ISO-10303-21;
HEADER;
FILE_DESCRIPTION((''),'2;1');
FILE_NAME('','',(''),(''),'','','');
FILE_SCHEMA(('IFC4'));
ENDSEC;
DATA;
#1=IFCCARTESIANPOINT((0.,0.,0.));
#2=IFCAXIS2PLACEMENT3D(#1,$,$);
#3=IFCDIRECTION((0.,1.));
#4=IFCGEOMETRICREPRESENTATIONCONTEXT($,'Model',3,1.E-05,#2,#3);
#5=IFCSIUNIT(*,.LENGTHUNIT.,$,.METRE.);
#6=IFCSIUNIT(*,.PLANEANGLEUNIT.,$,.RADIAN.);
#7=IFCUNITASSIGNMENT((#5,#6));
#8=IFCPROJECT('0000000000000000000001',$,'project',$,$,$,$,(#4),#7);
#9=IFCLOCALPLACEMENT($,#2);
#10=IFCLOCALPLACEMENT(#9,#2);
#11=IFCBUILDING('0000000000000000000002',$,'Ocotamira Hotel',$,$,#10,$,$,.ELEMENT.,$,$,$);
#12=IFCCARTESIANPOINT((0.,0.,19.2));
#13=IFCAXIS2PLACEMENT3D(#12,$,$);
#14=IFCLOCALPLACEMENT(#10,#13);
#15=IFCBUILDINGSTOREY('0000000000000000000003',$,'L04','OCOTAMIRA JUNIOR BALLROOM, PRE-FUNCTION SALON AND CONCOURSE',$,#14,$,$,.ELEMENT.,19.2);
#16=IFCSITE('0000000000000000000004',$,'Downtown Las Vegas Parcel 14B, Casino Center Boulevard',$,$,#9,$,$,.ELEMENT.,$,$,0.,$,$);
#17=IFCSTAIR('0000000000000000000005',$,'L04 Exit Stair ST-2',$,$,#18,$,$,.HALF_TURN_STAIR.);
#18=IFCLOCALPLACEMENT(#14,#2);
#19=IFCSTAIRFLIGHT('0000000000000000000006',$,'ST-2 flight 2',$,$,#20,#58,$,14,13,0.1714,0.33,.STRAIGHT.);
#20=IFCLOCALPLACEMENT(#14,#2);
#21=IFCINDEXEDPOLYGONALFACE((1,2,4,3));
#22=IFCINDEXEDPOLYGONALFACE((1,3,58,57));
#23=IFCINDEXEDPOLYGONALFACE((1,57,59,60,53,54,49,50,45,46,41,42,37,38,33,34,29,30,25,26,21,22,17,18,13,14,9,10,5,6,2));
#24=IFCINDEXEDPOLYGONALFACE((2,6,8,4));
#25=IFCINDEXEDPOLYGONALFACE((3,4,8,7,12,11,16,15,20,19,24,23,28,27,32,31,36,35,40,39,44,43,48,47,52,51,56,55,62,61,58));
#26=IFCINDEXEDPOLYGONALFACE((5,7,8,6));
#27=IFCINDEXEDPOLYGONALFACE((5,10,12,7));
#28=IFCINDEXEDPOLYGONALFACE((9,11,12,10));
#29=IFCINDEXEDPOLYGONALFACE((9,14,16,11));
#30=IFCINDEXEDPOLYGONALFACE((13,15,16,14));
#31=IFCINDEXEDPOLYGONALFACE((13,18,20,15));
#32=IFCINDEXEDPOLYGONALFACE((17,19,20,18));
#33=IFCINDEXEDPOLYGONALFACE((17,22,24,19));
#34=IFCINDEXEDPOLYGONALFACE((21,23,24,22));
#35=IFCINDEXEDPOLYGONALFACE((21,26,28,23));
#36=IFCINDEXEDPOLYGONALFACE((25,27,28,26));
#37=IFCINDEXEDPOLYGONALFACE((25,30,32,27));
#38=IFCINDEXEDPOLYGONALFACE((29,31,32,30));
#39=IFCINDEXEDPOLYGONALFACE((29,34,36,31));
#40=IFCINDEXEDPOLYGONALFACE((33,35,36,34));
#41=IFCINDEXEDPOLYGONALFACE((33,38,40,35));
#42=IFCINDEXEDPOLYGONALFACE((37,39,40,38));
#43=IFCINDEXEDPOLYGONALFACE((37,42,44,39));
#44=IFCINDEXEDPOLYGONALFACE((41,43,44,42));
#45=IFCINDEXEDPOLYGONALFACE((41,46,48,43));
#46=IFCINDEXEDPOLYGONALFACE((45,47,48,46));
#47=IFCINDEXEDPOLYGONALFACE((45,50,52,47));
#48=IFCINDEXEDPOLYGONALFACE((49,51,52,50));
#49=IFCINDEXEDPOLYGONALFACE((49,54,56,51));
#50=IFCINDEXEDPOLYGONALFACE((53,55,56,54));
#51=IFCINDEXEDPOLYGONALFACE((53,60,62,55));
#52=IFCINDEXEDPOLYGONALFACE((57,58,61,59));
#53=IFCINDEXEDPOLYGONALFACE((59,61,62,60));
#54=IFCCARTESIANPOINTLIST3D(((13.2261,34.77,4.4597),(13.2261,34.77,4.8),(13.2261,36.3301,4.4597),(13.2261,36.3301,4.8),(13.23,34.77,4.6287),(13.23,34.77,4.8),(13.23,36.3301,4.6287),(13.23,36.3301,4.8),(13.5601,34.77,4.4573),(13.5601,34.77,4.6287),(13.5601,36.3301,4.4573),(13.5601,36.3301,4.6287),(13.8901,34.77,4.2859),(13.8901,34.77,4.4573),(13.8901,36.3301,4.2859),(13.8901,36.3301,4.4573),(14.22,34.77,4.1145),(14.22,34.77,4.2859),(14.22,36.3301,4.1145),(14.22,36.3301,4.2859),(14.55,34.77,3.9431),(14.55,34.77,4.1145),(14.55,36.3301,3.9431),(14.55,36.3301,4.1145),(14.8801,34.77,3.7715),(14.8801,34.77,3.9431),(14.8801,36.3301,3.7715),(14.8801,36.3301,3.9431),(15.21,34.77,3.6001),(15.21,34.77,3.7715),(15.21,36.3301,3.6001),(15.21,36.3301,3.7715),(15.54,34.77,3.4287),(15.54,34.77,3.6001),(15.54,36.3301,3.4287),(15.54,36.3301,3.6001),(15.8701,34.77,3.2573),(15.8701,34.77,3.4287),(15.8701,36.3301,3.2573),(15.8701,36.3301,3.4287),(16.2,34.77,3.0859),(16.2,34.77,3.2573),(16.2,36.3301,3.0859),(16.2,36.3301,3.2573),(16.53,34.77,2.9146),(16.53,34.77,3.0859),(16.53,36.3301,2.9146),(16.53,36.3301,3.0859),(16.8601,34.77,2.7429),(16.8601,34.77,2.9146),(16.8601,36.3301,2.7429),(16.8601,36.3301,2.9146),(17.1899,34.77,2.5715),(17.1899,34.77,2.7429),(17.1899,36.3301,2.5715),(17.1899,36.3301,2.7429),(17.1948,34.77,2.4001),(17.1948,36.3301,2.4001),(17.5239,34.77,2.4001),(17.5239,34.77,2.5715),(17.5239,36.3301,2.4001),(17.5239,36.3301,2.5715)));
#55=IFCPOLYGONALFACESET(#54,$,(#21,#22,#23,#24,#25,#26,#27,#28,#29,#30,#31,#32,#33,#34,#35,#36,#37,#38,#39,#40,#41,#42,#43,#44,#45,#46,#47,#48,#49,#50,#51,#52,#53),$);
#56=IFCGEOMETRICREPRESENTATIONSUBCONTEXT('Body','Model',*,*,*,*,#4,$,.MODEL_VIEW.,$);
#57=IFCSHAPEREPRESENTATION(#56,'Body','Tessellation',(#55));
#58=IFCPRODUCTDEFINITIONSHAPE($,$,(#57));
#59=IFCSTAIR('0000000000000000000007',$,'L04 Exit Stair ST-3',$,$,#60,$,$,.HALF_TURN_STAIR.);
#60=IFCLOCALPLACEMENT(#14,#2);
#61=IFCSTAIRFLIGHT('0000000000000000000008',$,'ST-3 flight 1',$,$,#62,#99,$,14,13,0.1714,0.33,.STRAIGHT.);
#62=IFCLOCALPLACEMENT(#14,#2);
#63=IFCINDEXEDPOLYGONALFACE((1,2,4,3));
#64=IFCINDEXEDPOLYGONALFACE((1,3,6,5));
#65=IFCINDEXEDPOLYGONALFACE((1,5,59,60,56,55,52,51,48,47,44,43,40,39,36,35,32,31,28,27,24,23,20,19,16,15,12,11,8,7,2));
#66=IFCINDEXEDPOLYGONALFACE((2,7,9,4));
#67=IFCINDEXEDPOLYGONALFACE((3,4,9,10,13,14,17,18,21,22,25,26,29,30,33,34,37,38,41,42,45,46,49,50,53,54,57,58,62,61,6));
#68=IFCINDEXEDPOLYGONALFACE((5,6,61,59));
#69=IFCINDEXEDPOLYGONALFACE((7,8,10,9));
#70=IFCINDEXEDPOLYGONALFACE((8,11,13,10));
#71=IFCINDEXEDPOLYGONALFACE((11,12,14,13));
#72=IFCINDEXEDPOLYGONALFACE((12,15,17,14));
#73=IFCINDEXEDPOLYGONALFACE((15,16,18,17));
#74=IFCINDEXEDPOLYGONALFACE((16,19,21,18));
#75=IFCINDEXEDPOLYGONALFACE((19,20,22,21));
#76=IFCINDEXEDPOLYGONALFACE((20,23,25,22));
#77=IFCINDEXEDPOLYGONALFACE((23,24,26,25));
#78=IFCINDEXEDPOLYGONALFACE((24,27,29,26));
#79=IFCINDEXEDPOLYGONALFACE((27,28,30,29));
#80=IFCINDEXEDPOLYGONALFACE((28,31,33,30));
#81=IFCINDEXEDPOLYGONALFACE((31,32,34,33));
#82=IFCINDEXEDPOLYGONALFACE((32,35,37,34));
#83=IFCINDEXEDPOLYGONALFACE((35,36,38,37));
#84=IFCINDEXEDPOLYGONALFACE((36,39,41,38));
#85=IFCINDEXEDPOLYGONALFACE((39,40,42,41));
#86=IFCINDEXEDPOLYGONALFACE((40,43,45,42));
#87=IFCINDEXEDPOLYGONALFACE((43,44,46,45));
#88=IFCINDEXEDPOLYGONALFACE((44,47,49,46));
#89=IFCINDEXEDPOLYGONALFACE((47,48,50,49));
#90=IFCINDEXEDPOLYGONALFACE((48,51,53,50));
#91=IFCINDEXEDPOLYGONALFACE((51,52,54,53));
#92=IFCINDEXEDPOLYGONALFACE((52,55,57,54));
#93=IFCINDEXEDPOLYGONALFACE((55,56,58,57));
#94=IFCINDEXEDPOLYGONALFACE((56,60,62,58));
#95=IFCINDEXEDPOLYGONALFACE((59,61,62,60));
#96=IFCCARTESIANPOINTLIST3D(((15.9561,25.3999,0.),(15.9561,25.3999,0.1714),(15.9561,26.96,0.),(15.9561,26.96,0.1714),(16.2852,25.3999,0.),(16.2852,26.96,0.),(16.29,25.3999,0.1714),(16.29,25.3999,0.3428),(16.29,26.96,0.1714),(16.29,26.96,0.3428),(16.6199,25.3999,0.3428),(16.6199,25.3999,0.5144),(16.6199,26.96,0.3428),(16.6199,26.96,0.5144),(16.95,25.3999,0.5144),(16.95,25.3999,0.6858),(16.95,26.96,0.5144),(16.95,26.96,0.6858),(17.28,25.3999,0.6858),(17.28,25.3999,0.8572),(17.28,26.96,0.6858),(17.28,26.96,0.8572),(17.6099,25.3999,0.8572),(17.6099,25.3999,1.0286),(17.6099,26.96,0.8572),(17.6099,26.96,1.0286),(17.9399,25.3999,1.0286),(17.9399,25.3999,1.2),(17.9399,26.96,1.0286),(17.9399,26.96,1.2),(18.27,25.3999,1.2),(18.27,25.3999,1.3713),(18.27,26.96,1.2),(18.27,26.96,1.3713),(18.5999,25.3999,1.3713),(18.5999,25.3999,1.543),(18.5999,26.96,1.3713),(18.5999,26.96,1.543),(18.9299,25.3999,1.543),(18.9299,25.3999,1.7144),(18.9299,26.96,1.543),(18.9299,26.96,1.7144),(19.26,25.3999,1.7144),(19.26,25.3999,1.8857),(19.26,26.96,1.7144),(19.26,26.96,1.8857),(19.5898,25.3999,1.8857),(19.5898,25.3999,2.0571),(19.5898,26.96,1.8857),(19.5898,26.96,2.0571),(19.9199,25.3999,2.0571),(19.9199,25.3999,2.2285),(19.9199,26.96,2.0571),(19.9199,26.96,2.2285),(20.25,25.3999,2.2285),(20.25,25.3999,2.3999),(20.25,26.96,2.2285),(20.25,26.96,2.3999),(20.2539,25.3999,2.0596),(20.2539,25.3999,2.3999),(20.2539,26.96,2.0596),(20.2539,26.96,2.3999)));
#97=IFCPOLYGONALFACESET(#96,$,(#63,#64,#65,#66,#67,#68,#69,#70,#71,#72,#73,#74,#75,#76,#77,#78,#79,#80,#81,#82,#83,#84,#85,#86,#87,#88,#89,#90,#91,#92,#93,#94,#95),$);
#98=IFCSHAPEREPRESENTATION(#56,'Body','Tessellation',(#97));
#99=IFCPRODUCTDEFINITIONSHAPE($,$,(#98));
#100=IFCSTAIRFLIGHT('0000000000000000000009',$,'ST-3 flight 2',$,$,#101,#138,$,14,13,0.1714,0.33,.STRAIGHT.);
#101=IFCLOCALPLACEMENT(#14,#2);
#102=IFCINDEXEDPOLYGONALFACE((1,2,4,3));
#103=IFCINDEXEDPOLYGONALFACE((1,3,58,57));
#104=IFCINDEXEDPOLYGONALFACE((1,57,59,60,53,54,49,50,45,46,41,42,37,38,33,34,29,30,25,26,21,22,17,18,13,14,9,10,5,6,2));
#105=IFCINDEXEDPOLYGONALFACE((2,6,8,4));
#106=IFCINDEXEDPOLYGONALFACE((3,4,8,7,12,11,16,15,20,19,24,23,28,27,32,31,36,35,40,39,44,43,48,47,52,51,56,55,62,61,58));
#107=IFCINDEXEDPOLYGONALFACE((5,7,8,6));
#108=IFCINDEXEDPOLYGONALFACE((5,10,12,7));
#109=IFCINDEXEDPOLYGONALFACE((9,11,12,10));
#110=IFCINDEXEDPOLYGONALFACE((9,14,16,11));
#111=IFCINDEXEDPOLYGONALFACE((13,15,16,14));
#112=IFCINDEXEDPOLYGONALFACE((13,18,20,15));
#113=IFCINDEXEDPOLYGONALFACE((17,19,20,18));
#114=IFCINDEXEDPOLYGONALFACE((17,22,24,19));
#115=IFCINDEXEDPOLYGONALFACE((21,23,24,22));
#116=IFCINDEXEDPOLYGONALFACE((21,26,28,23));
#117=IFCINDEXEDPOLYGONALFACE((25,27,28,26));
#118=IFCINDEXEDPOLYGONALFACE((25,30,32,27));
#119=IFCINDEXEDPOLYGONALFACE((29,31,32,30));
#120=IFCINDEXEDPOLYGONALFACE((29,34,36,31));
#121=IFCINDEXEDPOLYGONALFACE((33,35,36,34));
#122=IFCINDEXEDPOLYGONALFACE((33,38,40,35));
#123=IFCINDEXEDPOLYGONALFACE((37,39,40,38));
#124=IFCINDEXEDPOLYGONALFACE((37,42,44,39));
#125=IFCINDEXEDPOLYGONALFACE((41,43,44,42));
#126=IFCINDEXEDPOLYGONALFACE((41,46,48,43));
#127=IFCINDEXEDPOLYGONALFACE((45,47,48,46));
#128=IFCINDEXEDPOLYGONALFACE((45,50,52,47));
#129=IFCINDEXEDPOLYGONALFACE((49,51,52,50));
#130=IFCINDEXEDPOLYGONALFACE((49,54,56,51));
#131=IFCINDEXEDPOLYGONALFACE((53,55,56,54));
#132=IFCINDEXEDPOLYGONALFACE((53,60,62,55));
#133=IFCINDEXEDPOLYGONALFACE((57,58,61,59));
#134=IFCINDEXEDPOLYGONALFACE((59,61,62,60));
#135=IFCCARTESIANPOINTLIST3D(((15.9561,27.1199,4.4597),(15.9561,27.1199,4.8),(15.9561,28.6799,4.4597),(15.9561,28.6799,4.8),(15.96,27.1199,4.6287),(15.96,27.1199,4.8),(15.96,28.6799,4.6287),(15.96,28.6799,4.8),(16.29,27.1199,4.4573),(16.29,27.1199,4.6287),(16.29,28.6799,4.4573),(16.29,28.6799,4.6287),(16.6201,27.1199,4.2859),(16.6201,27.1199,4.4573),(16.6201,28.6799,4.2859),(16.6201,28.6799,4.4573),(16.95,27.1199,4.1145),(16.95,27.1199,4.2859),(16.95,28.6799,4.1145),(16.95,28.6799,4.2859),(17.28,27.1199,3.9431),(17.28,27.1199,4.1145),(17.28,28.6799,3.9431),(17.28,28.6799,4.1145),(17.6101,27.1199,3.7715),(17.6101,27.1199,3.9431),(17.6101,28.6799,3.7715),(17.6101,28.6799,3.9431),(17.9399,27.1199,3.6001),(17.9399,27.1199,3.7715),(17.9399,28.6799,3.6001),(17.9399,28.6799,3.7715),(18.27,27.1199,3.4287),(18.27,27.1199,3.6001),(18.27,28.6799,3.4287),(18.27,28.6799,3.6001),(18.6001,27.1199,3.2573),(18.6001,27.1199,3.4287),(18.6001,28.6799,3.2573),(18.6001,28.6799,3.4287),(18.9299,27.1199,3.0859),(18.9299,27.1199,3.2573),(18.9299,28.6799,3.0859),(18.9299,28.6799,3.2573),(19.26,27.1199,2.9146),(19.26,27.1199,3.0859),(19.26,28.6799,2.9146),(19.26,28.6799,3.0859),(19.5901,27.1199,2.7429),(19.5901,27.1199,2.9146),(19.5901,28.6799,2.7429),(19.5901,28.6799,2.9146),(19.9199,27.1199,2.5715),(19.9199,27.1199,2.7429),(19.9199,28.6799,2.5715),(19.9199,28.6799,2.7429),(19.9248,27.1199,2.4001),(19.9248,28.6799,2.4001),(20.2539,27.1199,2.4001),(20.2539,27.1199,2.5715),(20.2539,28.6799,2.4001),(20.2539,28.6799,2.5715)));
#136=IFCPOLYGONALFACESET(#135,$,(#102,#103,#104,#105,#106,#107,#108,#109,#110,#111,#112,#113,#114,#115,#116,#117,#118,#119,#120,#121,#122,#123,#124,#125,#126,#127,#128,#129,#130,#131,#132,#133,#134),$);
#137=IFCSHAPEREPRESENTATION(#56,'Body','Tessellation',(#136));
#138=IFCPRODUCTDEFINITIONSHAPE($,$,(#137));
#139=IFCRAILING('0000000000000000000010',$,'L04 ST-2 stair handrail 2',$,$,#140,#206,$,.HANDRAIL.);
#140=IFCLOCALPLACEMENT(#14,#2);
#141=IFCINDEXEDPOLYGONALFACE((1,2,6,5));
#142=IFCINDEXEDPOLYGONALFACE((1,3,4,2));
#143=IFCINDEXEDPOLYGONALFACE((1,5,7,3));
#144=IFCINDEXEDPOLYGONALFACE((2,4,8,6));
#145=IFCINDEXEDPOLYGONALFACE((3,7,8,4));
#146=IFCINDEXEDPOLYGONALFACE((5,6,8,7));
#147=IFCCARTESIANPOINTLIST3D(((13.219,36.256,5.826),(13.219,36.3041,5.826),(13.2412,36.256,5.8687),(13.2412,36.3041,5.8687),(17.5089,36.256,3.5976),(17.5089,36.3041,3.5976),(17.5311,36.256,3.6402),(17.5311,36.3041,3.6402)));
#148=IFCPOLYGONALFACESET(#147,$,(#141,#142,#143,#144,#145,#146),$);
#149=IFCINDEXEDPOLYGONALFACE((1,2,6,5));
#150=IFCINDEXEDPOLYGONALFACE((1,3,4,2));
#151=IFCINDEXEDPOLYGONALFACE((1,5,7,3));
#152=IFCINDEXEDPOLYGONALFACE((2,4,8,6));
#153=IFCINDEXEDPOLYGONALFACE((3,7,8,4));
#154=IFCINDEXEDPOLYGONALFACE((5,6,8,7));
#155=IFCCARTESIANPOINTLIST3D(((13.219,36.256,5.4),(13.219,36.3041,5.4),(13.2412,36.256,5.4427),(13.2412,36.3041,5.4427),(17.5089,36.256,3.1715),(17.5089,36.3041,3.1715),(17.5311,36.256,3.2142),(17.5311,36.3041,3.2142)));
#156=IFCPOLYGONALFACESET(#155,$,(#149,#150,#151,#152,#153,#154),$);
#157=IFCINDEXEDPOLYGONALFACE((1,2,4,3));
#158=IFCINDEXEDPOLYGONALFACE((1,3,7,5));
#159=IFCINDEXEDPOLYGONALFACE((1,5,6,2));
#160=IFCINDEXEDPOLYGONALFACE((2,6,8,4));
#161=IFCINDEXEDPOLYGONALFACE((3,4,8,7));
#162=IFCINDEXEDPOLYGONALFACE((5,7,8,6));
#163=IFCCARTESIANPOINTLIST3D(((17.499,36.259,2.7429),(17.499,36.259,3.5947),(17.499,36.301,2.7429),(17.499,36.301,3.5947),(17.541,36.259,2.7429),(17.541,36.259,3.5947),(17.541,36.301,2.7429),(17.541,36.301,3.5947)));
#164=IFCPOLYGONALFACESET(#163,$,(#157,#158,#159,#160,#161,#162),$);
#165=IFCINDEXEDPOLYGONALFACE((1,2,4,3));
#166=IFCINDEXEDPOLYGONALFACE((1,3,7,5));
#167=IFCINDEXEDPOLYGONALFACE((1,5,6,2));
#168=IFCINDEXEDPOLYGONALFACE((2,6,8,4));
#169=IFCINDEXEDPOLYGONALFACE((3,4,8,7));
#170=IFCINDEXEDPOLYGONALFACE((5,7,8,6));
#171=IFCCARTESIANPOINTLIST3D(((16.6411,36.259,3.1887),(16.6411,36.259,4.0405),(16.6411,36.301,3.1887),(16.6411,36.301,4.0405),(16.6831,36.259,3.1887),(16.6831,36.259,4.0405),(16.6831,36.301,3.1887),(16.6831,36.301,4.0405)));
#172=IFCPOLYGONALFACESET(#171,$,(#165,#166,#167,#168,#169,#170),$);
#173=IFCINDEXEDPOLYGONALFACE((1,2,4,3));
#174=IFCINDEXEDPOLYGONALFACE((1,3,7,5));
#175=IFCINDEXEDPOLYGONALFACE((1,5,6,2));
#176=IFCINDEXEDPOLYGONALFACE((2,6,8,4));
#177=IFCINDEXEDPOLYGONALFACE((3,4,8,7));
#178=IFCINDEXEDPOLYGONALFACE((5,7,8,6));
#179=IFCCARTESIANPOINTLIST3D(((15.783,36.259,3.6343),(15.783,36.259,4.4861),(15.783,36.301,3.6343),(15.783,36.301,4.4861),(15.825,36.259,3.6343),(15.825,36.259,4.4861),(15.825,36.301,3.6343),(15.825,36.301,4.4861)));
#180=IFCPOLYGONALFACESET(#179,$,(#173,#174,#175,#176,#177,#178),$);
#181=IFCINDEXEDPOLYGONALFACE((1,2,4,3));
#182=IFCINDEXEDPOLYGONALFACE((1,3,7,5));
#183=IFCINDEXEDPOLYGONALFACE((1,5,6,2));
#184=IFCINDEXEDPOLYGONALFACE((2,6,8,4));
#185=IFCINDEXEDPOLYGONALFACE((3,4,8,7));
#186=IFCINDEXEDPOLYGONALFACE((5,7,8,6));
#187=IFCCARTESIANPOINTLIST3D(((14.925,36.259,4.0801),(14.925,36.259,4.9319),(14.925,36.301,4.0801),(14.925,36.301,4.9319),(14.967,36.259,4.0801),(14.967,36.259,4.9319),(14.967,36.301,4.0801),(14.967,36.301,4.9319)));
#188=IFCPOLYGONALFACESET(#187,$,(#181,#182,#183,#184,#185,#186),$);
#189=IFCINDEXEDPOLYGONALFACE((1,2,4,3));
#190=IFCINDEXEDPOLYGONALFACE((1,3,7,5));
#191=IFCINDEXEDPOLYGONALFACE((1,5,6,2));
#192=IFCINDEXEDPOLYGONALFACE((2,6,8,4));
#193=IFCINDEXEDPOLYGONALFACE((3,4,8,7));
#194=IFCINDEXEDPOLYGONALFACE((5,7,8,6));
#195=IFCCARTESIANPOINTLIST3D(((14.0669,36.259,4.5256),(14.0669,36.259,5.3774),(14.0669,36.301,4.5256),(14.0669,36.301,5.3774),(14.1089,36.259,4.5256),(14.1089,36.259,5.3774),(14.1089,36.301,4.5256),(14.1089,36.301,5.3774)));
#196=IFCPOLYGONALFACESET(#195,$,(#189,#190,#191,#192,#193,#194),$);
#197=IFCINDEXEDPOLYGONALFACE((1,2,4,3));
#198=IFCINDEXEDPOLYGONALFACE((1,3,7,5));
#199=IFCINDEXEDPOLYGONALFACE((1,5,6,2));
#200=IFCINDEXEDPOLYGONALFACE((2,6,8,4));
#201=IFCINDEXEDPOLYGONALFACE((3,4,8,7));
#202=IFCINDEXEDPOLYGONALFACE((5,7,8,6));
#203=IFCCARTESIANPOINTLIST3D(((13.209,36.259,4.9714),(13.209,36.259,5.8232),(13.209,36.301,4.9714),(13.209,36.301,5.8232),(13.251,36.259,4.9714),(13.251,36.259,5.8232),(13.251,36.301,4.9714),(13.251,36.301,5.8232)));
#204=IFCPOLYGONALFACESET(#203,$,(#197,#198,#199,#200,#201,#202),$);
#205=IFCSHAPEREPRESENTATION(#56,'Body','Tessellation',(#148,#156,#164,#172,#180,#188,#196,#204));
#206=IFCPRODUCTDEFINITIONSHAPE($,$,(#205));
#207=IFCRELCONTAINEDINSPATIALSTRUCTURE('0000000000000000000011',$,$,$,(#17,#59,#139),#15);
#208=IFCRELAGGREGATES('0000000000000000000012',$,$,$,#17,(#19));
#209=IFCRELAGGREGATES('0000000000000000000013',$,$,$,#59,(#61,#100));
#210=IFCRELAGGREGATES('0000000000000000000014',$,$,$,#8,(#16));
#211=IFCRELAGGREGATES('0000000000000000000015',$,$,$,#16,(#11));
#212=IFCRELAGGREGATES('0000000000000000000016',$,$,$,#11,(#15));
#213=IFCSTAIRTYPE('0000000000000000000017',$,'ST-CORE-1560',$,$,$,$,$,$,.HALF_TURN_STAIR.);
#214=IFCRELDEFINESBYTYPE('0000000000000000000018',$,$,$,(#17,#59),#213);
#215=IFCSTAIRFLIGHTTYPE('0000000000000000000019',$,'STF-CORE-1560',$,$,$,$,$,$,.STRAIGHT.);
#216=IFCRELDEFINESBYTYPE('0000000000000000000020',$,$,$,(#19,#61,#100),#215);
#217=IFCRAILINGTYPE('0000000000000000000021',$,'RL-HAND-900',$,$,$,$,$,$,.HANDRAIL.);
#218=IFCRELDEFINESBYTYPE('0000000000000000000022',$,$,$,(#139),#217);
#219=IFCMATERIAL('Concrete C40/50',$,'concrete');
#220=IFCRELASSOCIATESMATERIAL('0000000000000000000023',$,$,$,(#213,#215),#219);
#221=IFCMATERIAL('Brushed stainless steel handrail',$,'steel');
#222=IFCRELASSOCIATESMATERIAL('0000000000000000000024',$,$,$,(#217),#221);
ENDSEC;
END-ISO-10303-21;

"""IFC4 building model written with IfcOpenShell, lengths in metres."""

from ifc_helpers import new_model, si_unit, direction, frame, origin, origin_2d, place, context, subcontext, project, spatial, polyline, rectangle, outline, extrude, source, transform, mapped, material, type_object, element, aggregate, save


model = new_model("IFC4")

# Units and contexts
model_context = context("Model", 3, precision=1e-05, world=origin(), true_north=direction((0.0, 1.0)))
body_context = subcontext(model_context, "Body", "Model", "MODEL_VIEW")
ifc_project = project(units=[si_unit("LENGTHUNIT", "METRE"), si_unit("PLANEANGLEUNIT", "RADIAN")], contexts=[model_context])

# Site, building, storey
site_placement = place(None, origin())
site = spatial("IfcSite", under=ifc_project, at=site_placement, Name="Downtown Las Vegas Parcel 14B, Casino Center Boulevard", CompositionType="ELEMENT", RefElevation=0.0)
building_placement = place(site_placement, origin())
building = spatial("IfcBuilding", under=site, at=building_placement, Name="Ocotamira Hotel", CompositionType="ELEMENT")
storey_placement = place(building_placement, frame((0.0, 0.0, 19.2)))
storey = spatial("IfcBuildingStorey", under=building, at=storey_placement, Name="L04", Description="OCOTAMIRA JUNIOR BALLROOM, PRE-FUNCTION SALON AND CONCOURSE", CompositionType="ELEMENT", Elevation=19.2)

# Stair, stair flight
ifc_material_1 = material(Name="Concrete C40/50", Category="concrete")
stair_type = type_object("IfcStairType", Name="ST-CORE-1560", PredefinedType="HALF_TURN_STAIR", material=ifc_material_1)
stair_1_placement = place(storey_placement, origin())
stair_1 = element("IfcStair", 1, at=stair_1_placement, inside=storey, type_object=stair_type, Name="L04 Exit Stair ST-2", PredefinedType="HALF_TURN_STAIR")
stair_flight_type = type_object("IfcStairFlightType", Name="STF-CORE-1560", PredefinedType="STRAIGHT", material=ifc_material_1)
shared_shape_1 = source(origin(), body_context, "Body", "SweptSolid", [
    extrude(outline(polyline([(-0.0039, 0.0), (-0.0039, 0.1714), (0.3301, 0.1714), (0.3301, 0.3428), (0.6599, 0.3428), (0.6599, 0.5144), (0.99, 0.5144), (0.99, 0.6858), (1.3201, 0.6858), (1.3201, 0.8572), (1.6499, 0.8572), (1.6499, 1.0286), (1.98, 1.0286), (1.98, 1.2), (2.3101, 1.2), (2.3101, 1.3713), (2.6399, 1.3713), (2.6399, 1.543), (2.97, 1.543), (2.97, 1.7144), (3.3, 1.7144), (3.3, 1.8857), (3.6299, 1.8857), (3.6299, 2.0571), (3.96, 2.0571), (3.96, 2.2285), (4.29, 2.2285), (4.29, 2.3999), (4.2939, 2.3999), (4.2939, 2.0596), (0.3252, 0.0), (-0.0039, 0.0)])), frame((0.0, 0.78, 0.0), z_axis=(0.0, -1.0, 0.0), x_axis=(1.0, 0.0, 0.0)), (0.0, 0.0, 1.0), 1.5601),
])
stair_flight_1_placement = place(storey_placement, frame((17.52, 35.55, 2.4001), z_axis=(0.0, 0.0, 1.0), x_axis=(-1.0, 0.0, 0.0)))
stair_flight_1 = element("IfcStairFlight", 2, at=stair_flight_1_placement, type_object=stair_flight_type, Name="ST-2 flight 2", NumberOfRisers=14, NumberOfTreads=13, PredefinedType="STRAIGHT", RiserHeight=0.1714, TreadLength=0.33, context=body_context, shape_type="MappedRepresentation", body=[
    mapped(shared_shape_1, transform((0.0, 0.0, 0.0), scale=1.0)),
])
aggregate(stair_1, [stair_flight_1])

# Stair, stair flights
stair_2_placement = place(storey_placement, origin())
stair_2 = element("IfcStair", 3, at=stair_2_placement, inside=storey, type_object=stair_type, Name="L04 Exit Stair ST-3", PredefinedType="HALF_TURN_STAIR")
stair_flight_2_placement = place(storey_placement, frame((15.96, 26.1799, 0.0), z_axis=(0.0, 0.0, 1.0), x_axis=(1.0, 0.0, 0.0)))
stair_flight_2 = element("IfcStairFlight", 4, at=stair_flight_2_placement, type_object=stair_flight_type, Name="ST-3 flight 1", NumberOfRisers=14, NumberOfTreads=13, PredefinedType="STRAIGHT", RiserHeight=0.1714, TreadLength=0.33, context=body_context, shape_type="MappedRepresentation", body=[
    mapped(shared_shape_1, transform((0.0, 0.0, 0.0), scale=1.0)),
])
stair_flight_3_placement = place(storey_placement, frame((20.25, 27.8999, 2.4001), z_axis=(0.0, 0.0, 1.0), x_axis=(-1.0, 0.0, 0.0)))
stair_flight_3 = element("IfcStairFlight", 5, at=stair_flight_3_placement, type_object=stair_flight_type, Name="ST-3 flight 2", NumberOfRisers=14, NumberOfTreads=13, PredefinedType="STRAIGHT", RiserHeight=0.1714, TreadLength=0.33, context=body_context, shape_type="MappedRepresentation", body=[
    mapped(shared_shape_1, transform((0.0, 0.0, 0.0), scale=1.0)),
])
aggregate(stair_2, [stair_flight_2, stair_flight_3])

# Railing
ifc_material_2 = material(Name="Brushed stainless steel handrail", Category="steel")
railing_type_1 = type_object("IfcRailingType", Name="RL-HAND-900", PredefinedType="HANDRAIL", material=ifc_material_2)
for number, where, name in (
    (6, (17.52, 36.28, 2.7429), "L04 ST-2 stair handrail 2"),
):
    element("IfcRailing", number, at=place(storey_placement, frame(where)), inside=storey, type_object=railing_type_1, Name=name, PredefinedType="HANDRAIL", context=body_context, shape_type="SweptSolid", body=[
        extrude(rectangle(XDim=0.0481, YDim=0.0481, at=origin_2d()), frame((0.0, 0.0, 0.876), z_axis=(-0.887412, 0.0, 0.460977), x_axis=(0.0, -1.0, 0.0)), (0.0, 0.0, 1.0), 4.8342),
        extrude(rectangle(XDim=0.0481, YDim=0.0481, at=origin_2d()), frame((0.0, 0.0, 0.45), z_axis=(-0.887412, 0.0, 0.460977), x_axis=(0.0, -1.0, 0.0)), (0.0, 0.0, 1.0), 4.8342),
        extrude(rectangle(XDim=0.042, YDim=0.042, at=origin_2d()), origin(), (0.0, 0.0, 1.0), 0.8518),
        extrude(rectangle(XDim=0.042, YDim=0.042, at=origin_2d()), frame((-0.8579, 0.0, 0.4458)), (0.0, 0.0, 1.0), 0.8518),
        extrude(rectangle(XDim=0.042, YDim=0.042, at=origin_2d()), frame((-1.7161, 0.0, 0.8914)), (0.0, 0.0, 1.0), 0.8518),
        extrude(rectangle(XDim=0.042, YDim=0.042, at=origin_2d()), frame((-2.574, 0.0, 1.3372)), (0.0, 0.0, 1.0), 0.8518),
        extrude(rectangle(XDim=0.042, YDim=0.042, at=origin_2d()), frame((-3.4321, 0.0, 1.7827)), (0.0, 0.0, 1.0), 0.8518),
        extrude(rectangle(XDim=0.042, YDim=0.042, at=origin_2d()), frame((-4.29, 0.0, 2.2285)), (0.0, 0.0, 1.0), 0.8518),
    ])

save(model, "model.ifc")
